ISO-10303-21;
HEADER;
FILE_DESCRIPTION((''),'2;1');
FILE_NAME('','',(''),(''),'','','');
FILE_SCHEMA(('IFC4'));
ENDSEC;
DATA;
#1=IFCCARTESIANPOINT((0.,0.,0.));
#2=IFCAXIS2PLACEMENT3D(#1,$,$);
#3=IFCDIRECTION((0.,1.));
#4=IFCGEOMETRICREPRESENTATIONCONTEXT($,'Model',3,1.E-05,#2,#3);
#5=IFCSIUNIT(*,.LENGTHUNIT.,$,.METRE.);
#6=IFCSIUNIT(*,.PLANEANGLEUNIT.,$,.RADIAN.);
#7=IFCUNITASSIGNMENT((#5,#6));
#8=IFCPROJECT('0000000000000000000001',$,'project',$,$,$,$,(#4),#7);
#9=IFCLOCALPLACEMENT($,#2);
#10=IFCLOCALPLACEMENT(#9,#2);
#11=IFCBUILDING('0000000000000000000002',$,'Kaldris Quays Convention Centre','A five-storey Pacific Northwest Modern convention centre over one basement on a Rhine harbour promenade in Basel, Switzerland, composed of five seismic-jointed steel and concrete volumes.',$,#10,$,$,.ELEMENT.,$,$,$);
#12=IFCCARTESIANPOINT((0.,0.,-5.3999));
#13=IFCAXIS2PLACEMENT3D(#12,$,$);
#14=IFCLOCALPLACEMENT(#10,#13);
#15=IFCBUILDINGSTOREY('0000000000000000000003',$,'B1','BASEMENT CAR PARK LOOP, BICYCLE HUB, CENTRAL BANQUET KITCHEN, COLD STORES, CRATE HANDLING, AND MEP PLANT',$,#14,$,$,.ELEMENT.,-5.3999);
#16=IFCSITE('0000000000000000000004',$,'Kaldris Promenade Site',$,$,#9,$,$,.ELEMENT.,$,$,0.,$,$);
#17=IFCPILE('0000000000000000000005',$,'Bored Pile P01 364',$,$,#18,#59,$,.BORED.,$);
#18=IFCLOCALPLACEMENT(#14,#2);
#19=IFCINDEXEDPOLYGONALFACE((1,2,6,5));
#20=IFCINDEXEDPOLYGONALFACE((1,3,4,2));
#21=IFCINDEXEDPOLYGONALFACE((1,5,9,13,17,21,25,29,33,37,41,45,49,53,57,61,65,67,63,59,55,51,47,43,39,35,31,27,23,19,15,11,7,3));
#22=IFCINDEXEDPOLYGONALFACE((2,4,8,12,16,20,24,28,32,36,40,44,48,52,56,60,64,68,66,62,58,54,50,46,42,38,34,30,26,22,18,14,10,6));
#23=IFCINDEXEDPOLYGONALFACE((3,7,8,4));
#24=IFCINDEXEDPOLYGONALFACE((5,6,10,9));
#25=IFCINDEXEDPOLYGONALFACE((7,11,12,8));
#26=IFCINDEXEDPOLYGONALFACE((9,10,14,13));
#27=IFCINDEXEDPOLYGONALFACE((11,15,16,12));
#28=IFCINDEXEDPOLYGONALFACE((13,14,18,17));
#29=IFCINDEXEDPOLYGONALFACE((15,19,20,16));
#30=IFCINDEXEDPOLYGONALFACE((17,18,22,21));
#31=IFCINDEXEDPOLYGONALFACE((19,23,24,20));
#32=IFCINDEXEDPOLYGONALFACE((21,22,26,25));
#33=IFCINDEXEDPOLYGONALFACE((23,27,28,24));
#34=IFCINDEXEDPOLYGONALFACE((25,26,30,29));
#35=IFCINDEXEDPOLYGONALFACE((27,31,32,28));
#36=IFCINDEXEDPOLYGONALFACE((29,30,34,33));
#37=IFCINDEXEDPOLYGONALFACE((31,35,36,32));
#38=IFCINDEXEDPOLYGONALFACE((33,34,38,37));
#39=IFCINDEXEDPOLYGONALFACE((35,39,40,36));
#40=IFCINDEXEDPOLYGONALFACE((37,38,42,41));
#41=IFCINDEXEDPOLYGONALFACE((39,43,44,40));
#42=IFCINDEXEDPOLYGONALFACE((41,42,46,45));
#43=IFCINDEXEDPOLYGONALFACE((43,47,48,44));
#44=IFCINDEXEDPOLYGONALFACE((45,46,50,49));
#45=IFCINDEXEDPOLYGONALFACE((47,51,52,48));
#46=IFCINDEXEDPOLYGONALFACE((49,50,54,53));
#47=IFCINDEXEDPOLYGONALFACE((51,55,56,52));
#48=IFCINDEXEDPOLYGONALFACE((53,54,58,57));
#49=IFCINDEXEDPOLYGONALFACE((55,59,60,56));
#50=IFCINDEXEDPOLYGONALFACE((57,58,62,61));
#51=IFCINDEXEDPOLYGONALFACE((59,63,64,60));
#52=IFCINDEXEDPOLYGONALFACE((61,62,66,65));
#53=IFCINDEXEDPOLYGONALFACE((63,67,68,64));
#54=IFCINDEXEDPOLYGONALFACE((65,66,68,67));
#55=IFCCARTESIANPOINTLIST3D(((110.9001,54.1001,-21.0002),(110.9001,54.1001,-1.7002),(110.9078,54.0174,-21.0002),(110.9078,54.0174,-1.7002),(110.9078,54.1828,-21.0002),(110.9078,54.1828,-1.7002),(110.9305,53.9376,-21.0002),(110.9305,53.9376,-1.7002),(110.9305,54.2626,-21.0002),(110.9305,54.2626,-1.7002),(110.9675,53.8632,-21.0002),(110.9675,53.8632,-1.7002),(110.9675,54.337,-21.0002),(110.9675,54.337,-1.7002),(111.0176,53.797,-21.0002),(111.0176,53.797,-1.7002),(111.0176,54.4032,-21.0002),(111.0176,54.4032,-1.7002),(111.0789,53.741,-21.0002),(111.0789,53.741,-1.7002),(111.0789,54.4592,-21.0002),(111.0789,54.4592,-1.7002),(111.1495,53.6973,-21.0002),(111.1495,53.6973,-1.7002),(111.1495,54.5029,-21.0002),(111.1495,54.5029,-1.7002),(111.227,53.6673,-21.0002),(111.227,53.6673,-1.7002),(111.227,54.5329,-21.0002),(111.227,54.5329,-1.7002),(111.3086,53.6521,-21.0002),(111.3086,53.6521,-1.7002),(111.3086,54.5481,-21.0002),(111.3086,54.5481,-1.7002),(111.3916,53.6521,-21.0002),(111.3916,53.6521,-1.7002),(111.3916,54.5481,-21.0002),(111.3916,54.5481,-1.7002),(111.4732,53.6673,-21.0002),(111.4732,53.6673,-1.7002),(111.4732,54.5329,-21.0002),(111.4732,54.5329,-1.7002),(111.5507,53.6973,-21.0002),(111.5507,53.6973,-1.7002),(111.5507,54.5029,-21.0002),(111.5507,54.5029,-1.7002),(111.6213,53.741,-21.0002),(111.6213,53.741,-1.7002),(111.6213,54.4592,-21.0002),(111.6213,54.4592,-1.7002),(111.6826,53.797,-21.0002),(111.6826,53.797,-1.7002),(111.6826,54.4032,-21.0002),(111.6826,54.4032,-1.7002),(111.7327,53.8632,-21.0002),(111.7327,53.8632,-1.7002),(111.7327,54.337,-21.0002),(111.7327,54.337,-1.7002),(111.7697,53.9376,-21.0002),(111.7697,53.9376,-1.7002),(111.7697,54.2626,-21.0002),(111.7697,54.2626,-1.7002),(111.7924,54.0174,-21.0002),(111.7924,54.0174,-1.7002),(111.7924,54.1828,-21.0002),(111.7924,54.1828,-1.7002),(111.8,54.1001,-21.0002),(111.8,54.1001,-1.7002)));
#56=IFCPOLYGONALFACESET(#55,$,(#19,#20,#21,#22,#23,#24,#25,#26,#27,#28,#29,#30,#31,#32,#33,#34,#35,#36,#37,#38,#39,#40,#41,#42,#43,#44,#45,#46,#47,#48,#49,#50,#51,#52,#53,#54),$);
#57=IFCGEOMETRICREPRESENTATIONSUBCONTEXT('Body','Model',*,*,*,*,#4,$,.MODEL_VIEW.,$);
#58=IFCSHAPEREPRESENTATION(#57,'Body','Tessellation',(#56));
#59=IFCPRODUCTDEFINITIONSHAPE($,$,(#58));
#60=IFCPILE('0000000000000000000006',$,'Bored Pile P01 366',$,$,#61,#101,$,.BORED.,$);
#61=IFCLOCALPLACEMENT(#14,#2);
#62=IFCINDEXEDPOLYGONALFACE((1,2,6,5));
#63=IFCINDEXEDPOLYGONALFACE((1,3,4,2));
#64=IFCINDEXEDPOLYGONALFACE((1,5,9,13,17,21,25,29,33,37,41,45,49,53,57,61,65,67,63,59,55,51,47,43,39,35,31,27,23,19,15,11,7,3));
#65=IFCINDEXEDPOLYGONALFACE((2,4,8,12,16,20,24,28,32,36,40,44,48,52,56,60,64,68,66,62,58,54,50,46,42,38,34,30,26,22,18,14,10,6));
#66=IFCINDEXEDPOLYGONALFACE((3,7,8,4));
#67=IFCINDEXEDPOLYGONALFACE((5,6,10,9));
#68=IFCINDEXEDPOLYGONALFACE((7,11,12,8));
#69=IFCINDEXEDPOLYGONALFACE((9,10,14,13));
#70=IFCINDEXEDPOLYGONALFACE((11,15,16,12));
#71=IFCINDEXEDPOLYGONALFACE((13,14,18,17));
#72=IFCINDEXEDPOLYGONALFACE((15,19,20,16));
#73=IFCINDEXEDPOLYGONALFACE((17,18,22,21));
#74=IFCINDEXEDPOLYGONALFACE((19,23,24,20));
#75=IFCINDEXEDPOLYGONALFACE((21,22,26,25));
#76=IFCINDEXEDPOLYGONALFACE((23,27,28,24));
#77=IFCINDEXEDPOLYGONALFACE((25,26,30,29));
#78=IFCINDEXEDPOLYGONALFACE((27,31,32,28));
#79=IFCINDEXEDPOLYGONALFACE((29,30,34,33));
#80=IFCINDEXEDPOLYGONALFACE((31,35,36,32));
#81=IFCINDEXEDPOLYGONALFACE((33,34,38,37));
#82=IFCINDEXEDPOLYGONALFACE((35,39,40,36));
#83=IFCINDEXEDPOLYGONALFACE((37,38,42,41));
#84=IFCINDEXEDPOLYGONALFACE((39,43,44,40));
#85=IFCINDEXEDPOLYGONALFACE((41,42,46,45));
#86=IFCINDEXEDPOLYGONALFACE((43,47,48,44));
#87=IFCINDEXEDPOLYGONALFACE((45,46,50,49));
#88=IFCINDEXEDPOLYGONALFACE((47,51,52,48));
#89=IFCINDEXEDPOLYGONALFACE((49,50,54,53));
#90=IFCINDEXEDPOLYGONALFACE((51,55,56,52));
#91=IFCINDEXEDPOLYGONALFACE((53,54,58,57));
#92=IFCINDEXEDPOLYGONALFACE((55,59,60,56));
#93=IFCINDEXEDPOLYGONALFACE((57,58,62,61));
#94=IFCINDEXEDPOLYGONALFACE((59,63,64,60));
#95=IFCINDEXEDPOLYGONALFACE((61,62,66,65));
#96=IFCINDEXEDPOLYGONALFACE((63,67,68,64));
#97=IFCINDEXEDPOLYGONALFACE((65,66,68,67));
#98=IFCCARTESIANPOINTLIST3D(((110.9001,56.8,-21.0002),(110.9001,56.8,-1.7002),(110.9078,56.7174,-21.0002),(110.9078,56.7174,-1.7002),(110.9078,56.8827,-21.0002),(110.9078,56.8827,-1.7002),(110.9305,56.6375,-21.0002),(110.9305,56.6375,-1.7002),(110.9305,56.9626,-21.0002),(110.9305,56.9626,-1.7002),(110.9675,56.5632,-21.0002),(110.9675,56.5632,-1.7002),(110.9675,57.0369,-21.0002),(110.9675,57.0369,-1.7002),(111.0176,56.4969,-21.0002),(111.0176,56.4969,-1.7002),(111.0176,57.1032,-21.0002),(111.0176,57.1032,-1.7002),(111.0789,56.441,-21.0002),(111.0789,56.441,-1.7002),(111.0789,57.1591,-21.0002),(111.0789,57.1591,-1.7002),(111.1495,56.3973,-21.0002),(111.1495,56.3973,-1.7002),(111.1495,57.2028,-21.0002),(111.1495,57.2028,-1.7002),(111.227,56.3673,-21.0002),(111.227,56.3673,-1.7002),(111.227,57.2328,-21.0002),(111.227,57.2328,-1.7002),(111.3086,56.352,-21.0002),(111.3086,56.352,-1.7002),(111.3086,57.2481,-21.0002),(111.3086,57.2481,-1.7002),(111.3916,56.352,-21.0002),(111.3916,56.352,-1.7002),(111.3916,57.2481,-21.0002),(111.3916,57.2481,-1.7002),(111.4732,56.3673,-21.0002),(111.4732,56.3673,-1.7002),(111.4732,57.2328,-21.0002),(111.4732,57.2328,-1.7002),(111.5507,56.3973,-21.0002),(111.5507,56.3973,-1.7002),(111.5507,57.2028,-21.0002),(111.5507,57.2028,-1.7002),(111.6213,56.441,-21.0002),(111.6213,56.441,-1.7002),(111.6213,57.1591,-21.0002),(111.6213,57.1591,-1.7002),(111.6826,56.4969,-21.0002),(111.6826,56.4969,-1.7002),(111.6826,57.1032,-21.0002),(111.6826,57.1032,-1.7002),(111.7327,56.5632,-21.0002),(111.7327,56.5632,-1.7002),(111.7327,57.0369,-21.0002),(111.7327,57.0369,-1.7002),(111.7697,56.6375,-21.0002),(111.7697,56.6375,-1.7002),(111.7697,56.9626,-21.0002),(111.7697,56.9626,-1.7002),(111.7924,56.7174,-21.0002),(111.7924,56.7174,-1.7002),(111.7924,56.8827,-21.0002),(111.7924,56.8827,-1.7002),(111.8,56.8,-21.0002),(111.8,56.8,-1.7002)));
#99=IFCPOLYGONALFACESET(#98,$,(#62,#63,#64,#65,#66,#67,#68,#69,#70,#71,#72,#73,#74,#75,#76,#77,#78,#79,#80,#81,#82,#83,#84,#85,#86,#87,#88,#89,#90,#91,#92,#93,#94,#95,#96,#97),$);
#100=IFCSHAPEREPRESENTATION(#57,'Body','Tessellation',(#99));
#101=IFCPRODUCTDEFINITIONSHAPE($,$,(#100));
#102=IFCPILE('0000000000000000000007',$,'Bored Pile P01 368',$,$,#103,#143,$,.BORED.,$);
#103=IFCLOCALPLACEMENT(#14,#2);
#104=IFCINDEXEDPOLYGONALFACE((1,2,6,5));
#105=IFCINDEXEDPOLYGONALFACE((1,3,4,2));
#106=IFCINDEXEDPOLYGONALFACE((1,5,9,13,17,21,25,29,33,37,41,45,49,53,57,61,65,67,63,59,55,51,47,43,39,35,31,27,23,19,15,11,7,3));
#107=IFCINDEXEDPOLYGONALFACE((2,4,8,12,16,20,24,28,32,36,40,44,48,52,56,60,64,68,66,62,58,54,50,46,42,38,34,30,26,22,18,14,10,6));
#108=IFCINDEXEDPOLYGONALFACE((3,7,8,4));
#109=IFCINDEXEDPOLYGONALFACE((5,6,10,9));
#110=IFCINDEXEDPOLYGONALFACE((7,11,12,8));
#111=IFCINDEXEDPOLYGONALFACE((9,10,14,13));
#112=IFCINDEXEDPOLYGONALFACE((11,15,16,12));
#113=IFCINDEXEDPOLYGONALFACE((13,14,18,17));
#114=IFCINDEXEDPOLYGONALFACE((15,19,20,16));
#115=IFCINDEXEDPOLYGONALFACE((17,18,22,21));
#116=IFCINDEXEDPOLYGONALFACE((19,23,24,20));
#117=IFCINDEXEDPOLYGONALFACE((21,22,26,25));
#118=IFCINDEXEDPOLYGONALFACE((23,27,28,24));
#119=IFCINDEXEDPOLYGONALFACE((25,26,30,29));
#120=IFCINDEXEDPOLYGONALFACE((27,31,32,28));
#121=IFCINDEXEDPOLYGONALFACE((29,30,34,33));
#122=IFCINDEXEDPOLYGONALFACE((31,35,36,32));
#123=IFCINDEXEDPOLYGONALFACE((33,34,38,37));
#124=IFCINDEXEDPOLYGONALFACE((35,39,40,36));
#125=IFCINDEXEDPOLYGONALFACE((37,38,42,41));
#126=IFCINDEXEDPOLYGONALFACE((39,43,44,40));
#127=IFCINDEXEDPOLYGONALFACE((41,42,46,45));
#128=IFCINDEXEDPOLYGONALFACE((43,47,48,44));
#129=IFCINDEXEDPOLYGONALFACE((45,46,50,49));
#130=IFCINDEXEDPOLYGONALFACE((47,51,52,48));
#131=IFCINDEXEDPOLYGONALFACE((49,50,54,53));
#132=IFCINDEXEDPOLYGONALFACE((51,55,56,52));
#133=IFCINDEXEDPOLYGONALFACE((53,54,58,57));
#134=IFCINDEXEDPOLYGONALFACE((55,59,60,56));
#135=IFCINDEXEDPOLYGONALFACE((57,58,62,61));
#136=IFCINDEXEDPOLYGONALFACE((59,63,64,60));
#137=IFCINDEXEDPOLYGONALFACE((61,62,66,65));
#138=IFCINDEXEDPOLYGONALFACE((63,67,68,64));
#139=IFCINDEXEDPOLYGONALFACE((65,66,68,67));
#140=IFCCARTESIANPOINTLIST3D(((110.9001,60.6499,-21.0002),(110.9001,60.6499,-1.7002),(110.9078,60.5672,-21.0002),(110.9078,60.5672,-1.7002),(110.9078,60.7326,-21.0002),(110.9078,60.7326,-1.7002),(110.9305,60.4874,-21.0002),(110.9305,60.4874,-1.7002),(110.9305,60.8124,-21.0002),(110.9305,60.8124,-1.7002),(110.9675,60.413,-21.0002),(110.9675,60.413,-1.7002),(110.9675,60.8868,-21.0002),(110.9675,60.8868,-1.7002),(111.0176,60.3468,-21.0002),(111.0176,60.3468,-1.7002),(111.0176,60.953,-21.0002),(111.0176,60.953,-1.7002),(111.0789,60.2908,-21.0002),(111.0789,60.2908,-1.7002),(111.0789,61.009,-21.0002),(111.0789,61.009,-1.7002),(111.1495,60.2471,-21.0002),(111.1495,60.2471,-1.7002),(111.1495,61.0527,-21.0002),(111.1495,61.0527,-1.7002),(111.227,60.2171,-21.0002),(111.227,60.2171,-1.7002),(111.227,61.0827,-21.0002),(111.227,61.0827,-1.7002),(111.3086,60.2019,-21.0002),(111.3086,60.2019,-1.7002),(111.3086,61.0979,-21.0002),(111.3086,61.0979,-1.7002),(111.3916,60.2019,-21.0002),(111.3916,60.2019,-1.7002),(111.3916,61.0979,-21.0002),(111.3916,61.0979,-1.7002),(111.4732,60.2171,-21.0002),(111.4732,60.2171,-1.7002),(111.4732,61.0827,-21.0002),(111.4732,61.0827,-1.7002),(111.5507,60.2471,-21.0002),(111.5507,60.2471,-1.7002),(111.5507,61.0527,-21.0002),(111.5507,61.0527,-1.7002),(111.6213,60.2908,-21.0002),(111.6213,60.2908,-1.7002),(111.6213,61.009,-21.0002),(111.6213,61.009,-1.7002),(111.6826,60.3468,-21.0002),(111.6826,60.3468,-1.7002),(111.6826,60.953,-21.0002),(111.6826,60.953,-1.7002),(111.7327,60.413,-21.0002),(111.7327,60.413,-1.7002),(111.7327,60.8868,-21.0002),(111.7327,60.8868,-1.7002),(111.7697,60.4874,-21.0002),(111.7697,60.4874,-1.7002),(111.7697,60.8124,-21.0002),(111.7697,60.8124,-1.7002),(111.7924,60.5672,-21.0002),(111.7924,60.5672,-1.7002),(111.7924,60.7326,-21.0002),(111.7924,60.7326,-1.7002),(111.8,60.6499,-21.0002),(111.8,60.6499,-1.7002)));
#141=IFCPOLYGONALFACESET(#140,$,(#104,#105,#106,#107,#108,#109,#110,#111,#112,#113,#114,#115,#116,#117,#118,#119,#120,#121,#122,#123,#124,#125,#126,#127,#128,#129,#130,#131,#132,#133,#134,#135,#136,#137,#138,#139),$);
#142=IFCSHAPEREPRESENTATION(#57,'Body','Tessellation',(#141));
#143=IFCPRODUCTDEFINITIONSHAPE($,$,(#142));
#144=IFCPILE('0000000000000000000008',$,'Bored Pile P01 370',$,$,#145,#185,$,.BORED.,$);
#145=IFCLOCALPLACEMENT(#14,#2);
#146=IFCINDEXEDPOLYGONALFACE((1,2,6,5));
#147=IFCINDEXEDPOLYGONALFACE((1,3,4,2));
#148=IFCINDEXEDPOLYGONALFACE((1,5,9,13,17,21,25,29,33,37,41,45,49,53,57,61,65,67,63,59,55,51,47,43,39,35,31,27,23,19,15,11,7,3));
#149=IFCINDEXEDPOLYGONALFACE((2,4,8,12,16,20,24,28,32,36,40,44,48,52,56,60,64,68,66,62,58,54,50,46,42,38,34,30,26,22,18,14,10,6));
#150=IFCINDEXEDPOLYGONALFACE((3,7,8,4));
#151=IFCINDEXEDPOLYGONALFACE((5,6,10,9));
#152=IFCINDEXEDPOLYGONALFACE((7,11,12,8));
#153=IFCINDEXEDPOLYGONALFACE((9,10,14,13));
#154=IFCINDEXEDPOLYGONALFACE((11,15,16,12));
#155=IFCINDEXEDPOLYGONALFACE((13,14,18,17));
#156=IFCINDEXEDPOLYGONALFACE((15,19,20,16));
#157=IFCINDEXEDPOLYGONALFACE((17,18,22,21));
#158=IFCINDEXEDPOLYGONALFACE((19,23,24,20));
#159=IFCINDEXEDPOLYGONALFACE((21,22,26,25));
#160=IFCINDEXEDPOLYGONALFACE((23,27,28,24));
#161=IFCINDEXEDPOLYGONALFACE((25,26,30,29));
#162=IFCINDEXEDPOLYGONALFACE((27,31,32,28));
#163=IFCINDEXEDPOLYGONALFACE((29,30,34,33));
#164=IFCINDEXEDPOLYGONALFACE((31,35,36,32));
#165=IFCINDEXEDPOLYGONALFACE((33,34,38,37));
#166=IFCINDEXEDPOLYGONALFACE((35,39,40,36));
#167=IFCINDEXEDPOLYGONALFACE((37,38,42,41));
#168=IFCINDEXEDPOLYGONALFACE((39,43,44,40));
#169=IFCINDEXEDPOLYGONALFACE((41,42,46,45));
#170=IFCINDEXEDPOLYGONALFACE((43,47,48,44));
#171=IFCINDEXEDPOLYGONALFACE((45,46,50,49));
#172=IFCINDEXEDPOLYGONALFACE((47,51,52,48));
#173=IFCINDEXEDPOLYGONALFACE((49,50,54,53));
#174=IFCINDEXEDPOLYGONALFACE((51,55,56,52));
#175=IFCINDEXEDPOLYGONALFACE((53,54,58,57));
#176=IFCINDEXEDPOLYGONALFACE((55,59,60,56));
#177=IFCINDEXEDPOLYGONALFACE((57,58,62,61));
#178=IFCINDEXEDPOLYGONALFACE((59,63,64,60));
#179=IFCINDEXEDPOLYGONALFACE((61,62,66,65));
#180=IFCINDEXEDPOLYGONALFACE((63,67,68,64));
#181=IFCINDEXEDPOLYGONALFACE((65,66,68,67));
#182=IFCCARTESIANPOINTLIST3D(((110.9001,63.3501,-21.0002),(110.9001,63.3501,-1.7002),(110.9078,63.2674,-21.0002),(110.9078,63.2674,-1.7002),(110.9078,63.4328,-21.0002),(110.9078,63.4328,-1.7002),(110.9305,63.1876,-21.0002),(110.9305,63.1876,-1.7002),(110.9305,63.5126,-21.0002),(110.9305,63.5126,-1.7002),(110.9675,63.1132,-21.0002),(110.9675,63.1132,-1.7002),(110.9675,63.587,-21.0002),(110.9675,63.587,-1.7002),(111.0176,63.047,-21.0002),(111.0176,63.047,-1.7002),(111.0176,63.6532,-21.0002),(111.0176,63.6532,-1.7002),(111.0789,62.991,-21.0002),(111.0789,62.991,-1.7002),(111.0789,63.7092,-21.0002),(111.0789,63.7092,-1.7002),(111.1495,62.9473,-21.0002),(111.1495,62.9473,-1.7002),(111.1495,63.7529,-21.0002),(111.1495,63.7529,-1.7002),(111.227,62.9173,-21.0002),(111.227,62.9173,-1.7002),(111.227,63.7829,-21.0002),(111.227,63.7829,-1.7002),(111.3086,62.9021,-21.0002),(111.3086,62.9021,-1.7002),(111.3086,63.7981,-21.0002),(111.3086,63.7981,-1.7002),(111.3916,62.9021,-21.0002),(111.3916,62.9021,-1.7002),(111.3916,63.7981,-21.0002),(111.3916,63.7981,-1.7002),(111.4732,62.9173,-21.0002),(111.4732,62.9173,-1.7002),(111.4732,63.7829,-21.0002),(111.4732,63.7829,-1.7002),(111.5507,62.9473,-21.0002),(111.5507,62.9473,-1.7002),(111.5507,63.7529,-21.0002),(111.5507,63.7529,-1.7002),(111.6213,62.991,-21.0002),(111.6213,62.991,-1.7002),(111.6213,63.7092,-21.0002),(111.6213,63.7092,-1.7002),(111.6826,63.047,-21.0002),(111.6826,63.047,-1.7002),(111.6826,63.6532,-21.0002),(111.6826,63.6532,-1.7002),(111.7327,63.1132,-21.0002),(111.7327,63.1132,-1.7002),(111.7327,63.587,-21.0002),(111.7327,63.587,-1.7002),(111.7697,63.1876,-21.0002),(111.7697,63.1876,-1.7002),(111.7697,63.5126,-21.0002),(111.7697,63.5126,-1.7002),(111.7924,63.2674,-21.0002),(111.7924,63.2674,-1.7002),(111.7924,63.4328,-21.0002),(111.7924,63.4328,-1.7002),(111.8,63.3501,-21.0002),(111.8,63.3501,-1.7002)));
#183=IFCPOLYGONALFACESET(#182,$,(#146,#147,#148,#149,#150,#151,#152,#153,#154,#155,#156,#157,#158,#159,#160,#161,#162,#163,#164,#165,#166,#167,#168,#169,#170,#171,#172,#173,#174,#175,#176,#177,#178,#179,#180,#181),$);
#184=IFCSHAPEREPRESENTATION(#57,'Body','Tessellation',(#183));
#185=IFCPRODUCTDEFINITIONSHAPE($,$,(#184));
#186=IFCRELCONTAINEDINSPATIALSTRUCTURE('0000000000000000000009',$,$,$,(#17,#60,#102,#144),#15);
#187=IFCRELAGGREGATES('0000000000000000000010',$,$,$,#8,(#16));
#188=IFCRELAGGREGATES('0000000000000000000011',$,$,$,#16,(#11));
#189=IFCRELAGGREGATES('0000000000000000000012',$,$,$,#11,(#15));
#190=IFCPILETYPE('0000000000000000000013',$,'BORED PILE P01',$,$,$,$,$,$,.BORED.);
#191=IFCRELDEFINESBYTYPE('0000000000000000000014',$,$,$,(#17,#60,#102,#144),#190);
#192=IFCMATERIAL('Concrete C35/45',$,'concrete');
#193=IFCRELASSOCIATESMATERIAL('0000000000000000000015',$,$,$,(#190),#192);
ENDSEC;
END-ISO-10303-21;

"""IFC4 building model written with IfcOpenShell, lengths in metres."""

from ifc_helpers import new_model, si_unit, direction, frame, origin, origin_2d, place, context, subcontext, project, spatial, circle, extrude, material, material_profile, profile_set, type_object, element, save


model = new_model("IFC4")

# Units and contexts
model_context = context("Model", 3, precision=1e-05, world=origin(), true_north=direction((0.0, 1.0)))
body_context = subcontext(model_context, "Body", "Model", "MODEL_VIEW")
ifc_project = project(units=[si_unit("LENGTHUNIT", "METRE"), si_unit("PLANEANGLEUNIT", "RADIAN")], contexts=[model_context])

# Site, building, storey
site_placement = place(None, origin())
site = spatial("IfcSite", under=ifc_project, at=site_placement, Name="Kaldris Promenade Site", CompositionType="ELEMENT", RefElevation=0.0)
building_placement = place(site_placement, origin())
building = spatial("IfcBuilding", under=site, at=building_placement, Name="Kaldris Quays Convention Centre", Description="A five-storey Pacific Northwest Modern convention centre over one basement on a Rhine harbour promenade in Basel, Switzerland, composed of five seismic-jointed steel and concrete volumes.", CompositionType="ELEMENT")
storey_placement = place(building_placement, frame((0.0, 0.0, -5.3999)))
storey = spatial("IfcBuildingStorey", under=building, at=storey_placement, Name="B1", Description="BASEMENT CAR PARK LOOP, BICYCLE HUB, CENTRAL BANQUET KITCHEN, COLD STORES, CRATE HANDLING, AND MEP PLANT", CompositionType="ELEMENT", Elevation=-5.3999)

# Piles
ifc_material_1 = material(Name="Concrete C35/45", Category="concrete")
ifc_material_profile_1 = material_profile(ifc_material_1, circle(Radius=0.45, at=origin_2d()), Name="BORED PILE D900")
ifc_profile_set_1 = profile_set([ifc_material_profile_1], Name="Concrete C35/45")
pile_type_1 = type_object("IfcPileType", Name="BORED PILE P01", PredefinedType="BORED", material=ifc_profile_set_1)
for number, where, z_axis, x_axis, name in (
    (1, (111.3501, 54.1001, -1.7002), (0.0, 0.0, -1.0), (1.0, 0.0, 0.0), "Bored Pile P01 364"),
    (2, (111.3501, 56.8, -1.7002), (0.0, 0.0, -1.0), (1.0, 0.0, 0.0), "Bored Pile P01 366"),
    (3, (111.3501, 60.6499, -1.7002), (0.0, 0.0, -1.0), (1.0, 0.0, 0.0), "Bored Pile P01 368"),
    (4, (111.3501, 63.3501, -1.7002), (0.0, 0.0, -1.0), (1.0, 0.0, 0.0), "Bored Pile P01 370"),
):
    element("IfcPile", number, at=place(storey_placement, frame(where, z_axis=z_axis, x_axis=x_axis)), inside=storey, type_object=pile_type_1, Name=name, PredefinedType="BORED", context=body_context, shape_type="SweptSolid", body=[
        extrude(circle(Radius=0.45, at=origin_2d()), origin(), (0.0, 0.0, 1.0), 19.3),
    ])

save(model, "model.ifc")
